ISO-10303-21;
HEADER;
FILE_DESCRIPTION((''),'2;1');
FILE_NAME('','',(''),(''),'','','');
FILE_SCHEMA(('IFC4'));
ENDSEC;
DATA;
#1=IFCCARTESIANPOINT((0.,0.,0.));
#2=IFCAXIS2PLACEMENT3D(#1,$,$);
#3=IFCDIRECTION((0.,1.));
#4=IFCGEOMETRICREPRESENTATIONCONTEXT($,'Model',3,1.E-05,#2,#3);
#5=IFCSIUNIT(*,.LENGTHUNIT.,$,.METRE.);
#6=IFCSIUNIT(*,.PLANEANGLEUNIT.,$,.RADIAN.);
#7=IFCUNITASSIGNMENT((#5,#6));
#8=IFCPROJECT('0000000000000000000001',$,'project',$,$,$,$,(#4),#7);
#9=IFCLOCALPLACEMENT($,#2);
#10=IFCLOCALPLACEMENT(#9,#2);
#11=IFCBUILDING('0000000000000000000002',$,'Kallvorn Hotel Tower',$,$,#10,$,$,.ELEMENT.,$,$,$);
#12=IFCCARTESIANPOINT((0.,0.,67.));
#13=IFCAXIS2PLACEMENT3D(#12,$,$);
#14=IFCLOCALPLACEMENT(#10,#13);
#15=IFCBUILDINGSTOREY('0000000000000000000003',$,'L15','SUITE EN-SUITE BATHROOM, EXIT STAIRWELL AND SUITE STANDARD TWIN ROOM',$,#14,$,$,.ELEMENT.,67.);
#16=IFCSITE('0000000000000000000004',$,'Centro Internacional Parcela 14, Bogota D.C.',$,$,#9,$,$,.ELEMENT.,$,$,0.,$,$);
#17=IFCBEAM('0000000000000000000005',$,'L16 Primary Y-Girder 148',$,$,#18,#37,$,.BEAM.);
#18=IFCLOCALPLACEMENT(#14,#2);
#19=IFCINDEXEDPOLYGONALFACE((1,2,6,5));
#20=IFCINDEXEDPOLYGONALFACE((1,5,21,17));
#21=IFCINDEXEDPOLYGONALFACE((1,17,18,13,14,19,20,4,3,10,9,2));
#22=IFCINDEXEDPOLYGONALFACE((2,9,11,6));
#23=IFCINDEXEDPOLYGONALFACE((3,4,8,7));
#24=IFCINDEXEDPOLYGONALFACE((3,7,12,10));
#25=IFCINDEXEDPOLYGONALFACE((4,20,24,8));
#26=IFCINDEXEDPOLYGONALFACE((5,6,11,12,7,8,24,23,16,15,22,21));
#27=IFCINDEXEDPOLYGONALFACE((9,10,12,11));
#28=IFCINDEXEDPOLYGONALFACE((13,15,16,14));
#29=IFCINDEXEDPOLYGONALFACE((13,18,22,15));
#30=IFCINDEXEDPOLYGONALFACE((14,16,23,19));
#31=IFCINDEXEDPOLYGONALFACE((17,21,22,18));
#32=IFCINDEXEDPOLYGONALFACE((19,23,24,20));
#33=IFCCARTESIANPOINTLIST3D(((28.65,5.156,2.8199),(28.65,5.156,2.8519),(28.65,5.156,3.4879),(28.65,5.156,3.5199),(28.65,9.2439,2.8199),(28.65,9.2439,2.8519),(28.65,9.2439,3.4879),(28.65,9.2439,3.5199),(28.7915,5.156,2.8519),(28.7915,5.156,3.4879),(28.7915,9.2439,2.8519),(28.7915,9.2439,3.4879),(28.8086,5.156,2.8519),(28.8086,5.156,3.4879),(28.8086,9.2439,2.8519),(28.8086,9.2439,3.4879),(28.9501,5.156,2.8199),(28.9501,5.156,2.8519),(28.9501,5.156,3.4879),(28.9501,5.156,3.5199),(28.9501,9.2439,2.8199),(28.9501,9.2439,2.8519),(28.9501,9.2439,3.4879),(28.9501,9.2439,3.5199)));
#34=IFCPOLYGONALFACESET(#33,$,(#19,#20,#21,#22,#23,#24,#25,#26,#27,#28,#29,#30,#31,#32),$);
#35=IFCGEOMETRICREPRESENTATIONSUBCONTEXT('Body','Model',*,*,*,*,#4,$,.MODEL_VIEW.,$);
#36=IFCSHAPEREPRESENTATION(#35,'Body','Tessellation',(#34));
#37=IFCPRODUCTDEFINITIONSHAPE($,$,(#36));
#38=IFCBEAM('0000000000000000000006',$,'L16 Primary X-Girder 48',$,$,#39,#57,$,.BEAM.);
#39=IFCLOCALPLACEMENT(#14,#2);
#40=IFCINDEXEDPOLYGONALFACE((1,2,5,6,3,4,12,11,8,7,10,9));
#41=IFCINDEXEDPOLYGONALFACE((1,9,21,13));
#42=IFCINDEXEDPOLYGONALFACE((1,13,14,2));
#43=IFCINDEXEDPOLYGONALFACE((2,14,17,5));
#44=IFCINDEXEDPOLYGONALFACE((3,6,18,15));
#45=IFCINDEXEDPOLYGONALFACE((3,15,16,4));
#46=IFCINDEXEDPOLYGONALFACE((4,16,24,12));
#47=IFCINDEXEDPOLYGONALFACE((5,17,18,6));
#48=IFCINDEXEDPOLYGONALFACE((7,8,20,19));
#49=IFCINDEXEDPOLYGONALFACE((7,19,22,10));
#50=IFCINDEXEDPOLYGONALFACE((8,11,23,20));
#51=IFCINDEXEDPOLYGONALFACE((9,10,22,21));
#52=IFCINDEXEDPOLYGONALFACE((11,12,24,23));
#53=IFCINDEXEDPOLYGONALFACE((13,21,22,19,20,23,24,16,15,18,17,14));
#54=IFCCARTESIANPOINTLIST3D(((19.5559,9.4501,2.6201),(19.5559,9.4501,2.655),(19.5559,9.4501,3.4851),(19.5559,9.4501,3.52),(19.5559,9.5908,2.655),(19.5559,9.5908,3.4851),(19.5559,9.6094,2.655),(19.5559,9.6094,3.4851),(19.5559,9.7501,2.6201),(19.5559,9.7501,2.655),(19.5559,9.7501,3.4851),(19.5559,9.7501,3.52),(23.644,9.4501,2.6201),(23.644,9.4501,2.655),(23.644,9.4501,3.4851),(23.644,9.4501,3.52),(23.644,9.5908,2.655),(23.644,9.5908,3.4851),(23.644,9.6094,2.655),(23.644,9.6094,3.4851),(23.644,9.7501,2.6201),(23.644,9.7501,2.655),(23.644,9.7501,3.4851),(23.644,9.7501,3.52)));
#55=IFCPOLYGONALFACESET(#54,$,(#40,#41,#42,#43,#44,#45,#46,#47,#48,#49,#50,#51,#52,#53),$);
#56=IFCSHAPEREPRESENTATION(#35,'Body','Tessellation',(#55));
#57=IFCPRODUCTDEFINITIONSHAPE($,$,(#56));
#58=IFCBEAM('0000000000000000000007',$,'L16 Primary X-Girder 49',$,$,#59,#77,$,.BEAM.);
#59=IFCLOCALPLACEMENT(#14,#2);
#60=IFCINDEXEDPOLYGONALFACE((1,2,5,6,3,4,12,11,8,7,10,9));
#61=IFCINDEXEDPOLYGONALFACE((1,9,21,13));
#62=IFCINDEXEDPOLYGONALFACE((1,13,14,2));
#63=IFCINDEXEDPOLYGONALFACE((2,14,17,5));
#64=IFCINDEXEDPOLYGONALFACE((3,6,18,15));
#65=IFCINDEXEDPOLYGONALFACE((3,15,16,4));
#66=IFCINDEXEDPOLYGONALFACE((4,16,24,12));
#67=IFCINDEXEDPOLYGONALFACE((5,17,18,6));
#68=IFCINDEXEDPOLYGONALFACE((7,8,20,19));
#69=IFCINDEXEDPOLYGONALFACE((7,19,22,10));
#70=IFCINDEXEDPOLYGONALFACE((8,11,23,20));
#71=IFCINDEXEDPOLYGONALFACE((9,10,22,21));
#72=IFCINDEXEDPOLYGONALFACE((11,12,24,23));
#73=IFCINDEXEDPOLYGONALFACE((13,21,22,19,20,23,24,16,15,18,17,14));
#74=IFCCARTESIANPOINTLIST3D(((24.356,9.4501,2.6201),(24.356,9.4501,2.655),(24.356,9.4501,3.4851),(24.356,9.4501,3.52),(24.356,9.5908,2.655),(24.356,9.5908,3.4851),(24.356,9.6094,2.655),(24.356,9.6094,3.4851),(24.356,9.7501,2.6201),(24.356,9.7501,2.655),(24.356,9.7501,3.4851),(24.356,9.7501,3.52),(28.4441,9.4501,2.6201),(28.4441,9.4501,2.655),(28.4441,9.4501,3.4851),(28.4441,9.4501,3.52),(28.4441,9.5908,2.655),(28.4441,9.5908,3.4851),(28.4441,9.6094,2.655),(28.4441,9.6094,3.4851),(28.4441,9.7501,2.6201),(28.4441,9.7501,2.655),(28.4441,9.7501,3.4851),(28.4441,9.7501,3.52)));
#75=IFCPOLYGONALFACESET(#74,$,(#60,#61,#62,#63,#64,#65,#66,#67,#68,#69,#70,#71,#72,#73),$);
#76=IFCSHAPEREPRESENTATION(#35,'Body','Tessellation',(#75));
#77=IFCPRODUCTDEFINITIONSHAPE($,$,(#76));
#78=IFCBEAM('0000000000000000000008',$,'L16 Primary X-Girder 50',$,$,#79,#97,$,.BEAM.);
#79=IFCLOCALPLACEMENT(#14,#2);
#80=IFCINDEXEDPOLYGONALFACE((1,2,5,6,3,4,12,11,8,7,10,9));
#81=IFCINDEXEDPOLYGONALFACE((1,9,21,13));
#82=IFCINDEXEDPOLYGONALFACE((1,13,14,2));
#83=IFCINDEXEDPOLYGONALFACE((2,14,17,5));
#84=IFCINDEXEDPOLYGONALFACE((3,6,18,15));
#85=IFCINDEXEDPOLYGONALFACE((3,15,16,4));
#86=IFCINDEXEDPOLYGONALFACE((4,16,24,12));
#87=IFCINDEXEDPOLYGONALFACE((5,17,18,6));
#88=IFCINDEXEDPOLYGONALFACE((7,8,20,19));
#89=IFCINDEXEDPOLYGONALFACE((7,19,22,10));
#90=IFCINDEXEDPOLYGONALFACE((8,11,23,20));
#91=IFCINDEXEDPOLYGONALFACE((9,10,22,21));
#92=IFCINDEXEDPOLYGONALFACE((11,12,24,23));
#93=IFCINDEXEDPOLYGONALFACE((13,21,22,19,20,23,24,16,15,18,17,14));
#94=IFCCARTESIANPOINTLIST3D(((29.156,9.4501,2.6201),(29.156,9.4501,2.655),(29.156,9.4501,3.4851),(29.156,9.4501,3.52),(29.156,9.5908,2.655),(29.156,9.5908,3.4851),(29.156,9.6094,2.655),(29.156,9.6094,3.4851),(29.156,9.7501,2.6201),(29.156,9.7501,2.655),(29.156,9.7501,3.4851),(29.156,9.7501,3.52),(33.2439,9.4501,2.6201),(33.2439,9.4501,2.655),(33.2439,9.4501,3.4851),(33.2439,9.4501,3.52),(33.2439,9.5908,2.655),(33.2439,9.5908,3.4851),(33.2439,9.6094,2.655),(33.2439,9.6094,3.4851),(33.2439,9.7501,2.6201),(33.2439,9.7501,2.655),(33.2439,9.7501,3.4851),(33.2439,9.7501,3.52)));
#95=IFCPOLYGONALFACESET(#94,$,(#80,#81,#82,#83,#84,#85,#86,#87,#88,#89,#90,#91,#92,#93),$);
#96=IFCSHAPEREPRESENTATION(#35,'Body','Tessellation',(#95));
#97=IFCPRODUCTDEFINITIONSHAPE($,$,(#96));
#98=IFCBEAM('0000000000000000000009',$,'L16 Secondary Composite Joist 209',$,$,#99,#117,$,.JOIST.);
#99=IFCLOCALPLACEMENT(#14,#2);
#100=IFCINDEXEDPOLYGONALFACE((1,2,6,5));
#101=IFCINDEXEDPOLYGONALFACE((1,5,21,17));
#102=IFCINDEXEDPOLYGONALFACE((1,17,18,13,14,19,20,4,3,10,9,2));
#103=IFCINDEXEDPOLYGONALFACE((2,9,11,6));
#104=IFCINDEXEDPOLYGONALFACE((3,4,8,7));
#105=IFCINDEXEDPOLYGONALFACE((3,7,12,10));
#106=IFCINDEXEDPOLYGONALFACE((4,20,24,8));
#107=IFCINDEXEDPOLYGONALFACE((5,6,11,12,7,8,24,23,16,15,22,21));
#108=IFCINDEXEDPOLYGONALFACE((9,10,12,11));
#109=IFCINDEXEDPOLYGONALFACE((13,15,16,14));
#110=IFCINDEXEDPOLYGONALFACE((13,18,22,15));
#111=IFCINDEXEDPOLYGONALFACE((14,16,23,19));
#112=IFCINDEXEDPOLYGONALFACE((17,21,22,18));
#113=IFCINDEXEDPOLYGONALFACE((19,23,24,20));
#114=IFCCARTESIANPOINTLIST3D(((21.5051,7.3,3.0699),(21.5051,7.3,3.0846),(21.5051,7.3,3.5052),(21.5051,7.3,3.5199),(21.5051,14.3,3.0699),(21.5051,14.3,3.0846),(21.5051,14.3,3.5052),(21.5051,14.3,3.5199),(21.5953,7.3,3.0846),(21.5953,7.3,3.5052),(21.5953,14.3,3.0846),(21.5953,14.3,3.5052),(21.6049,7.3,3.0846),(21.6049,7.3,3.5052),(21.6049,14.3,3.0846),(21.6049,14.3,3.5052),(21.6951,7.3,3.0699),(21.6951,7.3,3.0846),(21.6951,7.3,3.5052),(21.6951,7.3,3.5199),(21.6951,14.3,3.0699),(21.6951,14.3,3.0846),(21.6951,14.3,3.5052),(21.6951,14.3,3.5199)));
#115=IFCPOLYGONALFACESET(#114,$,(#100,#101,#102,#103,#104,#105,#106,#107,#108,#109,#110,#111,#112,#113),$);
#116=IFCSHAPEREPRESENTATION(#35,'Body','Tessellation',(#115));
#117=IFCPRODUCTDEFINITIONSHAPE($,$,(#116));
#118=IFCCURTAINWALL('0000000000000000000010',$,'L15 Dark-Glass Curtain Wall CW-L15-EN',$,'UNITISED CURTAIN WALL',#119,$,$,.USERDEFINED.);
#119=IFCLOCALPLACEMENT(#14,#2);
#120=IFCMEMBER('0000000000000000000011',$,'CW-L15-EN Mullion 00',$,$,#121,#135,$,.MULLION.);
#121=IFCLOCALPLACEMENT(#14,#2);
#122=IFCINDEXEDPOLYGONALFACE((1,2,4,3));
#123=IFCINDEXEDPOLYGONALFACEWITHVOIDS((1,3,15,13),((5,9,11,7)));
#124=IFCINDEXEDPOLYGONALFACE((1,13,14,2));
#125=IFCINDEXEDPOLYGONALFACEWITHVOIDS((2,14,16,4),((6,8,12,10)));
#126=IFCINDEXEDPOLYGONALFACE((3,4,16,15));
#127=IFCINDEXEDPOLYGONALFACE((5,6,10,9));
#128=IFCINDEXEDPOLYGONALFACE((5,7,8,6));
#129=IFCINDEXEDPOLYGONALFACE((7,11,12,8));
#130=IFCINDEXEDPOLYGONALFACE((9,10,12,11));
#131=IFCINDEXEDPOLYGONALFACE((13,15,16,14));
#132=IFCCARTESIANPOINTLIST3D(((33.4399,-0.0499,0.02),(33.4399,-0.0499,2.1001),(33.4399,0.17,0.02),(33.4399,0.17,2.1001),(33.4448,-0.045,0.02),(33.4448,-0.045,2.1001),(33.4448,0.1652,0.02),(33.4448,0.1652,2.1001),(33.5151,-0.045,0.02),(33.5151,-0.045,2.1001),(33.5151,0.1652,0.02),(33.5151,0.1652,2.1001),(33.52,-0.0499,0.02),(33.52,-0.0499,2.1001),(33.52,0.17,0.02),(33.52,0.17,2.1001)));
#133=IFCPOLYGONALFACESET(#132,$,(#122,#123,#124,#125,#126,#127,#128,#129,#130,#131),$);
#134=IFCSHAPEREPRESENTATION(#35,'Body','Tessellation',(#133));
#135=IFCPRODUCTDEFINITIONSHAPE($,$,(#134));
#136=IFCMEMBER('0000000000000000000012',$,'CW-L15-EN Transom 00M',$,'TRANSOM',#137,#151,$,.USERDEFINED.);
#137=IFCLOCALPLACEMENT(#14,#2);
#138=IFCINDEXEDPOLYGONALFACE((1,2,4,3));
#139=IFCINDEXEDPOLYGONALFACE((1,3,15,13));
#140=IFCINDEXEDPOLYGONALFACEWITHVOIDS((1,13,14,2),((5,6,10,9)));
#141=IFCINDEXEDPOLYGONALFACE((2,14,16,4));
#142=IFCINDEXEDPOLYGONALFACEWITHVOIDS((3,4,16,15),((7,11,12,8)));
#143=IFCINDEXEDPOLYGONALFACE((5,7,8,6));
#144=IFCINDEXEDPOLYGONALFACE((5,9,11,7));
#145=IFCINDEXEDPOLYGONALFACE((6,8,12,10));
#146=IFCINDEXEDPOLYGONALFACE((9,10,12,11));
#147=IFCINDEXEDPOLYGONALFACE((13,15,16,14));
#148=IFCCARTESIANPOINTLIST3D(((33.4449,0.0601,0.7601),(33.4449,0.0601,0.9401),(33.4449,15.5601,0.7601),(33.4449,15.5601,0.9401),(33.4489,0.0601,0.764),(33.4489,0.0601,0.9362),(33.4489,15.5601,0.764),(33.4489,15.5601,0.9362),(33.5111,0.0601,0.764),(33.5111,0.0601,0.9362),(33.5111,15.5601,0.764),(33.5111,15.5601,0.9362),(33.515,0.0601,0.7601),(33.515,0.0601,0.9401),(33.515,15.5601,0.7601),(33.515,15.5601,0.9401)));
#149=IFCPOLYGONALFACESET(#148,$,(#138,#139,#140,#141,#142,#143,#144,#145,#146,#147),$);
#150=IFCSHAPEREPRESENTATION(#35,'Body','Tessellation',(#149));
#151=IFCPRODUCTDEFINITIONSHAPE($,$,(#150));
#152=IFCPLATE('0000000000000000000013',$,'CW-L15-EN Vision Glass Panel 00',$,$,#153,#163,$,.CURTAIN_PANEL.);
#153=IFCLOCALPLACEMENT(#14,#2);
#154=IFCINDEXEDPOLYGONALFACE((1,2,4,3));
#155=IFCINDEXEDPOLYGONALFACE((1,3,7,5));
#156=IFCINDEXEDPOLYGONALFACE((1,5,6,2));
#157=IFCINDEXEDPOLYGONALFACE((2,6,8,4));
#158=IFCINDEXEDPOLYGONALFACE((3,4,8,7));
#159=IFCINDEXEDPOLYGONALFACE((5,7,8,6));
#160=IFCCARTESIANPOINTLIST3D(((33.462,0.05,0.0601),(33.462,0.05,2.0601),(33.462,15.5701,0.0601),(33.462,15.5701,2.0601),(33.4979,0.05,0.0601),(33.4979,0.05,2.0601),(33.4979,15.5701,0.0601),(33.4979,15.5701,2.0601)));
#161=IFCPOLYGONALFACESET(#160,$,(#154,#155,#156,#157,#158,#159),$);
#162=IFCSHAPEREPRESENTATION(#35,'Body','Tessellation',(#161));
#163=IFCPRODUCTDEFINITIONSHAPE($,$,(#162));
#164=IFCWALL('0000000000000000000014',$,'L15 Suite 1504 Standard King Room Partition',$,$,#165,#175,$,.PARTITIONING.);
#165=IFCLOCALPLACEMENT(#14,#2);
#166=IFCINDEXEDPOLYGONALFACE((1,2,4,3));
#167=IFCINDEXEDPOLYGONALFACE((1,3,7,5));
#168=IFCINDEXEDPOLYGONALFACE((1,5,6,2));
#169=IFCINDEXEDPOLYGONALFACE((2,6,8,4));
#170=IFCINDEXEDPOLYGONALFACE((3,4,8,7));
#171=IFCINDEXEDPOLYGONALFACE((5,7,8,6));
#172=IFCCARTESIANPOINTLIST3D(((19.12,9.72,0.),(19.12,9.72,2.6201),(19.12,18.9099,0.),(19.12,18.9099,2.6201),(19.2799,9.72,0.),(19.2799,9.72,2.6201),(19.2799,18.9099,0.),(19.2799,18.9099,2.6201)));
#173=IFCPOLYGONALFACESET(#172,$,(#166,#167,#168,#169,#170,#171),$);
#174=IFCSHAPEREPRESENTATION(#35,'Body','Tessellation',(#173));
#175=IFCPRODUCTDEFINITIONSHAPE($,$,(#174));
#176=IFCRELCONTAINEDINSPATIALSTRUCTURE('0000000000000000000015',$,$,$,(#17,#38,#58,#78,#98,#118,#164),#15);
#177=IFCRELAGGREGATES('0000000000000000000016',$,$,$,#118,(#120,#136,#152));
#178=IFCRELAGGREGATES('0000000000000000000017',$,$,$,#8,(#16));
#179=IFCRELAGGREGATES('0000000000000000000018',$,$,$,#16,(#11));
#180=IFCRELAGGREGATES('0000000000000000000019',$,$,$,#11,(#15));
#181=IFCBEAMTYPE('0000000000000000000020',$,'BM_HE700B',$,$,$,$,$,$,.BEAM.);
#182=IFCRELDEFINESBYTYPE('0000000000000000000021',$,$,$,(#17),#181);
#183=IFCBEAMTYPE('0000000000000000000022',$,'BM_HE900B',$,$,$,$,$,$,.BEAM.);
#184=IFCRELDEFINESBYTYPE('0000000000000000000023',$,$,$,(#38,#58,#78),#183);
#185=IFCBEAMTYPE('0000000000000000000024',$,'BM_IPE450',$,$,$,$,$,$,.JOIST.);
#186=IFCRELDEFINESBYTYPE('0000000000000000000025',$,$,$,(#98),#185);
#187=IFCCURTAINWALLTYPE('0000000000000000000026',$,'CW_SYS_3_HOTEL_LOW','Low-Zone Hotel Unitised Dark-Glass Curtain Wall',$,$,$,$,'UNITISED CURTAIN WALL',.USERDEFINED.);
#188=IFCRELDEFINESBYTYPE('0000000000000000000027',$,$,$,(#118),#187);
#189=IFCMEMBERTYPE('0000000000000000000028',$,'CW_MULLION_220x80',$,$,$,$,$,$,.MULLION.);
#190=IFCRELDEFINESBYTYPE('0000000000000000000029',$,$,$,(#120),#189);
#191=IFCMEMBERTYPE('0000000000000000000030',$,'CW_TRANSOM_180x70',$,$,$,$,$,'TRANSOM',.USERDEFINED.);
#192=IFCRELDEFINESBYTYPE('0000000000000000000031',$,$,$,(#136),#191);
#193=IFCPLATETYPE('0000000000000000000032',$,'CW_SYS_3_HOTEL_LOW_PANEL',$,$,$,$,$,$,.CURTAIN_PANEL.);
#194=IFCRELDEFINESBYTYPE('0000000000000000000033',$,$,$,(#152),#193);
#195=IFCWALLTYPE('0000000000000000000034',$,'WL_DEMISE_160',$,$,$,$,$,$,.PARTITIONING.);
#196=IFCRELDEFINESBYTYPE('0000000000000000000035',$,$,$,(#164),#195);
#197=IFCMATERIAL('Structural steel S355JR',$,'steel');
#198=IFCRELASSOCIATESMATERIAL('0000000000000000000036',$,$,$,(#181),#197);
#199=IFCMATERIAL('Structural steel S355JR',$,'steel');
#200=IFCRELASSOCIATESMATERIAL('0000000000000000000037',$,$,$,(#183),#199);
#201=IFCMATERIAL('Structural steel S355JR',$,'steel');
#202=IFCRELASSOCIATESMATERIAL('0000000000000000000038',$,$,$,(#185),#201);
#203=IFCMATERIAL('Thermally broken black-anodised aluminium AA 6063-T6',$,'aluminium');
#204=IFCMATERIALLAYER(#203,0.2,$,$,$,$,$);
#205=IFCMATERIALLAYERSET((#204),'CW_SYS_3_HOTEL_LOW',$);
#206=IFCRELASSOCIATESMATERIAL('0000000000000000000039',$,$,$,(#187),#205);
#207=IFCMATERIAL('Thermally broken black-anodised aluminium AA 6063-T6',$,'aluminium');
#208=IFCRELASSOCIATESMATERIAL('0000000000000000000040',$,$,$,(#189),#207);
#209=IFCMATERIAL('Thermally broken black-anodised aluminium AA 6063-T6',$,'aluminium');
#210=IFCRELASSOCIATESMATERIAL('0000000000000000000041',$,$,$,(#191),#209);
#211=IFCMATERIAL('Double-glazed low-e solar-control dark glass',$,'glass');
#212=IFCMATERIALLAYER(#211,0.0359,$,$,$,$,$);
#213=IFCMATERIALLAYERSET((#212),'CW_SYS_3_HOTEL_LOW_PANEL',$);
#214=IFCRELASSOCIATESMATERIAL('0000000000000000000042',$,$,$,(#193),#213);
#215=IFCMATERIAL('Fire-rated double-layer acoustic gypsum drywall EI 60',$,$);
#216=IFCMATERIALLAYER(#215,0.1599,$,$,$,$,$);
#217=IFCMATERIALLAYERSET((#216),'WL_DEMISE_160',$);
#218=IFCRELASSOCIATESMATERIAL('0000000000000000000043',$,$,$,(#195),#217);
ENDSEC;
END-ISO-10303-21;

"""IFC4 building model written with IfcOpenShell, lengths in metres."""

from ifc_helpers import new_model, si_unit, direction, frame, frame_2d, origin, origin_2d, place, context, subcontext, project, spatial, rectangle, hollow_rectangle, i_section, extrude, material, layer, layer_set, material_profile, profile_set, type_object, element, aggregate, save


model = new_model("IFC4")

# Units and contexts
model_context = context("Model", 3, precision=1e-05, world=origin(), true_north=direction((0.0, 1.0)))
body_context = subcontext(model_context, "Body", "Model", "MODEL_VIEW")
ifc_project = project(units=[si_unit("LENGTHUNIT", "METRE"), si_unit("PLANEANGLEUNIT", "RADIAN")], contexts=[model_context])

# Site, building, storey
site_placement = place(None, origin())
site = spatial("IfcSite", under=ifc_project, at=site_placement, Name="Centro Internacional Parcela 14, Bogota D.C.", CompositionType="ELEMENT", RefElevation=0.0)
building_placement = place(site_placement, origin())
building = spatial("IfcBuilding", under=site, at=building_placement, Name="Kallvorn Hotel Tower", CompositionType="ELEMENT")
storey_placement = place(building_placement, frame((0.0, 0.0, 67.0)))
storey = spatial("IfcBuildingStorey", under=building, at=storey_placement, Name="L15", Description="SUITE EN-SUITE BATHROOM, EXIT STAIRWELL AND SUITE STANDARD TWIN ROOM", CompositionType="ELEMENT", Elevation=67.0)

# Beams
ifc_material_1 = material(Name="Structural steel S355JR", Category="steel")
ifc_material_profile_1 = material_profile(ifc_material_1, i_section(OverallWidth=0.3, OverallDepth=0.7, WebThickness=0.0171, FlangeThickness=0.032, at=origin_2d()), Name="HE 700 B")
ifc_profile_set_1 = profile_set([ifc_material_profile_1], Name="Structural steel S355JR")
beam_type_1 = type_object("IfcBeamType", Name="BM_HE700B", PredefinedType="BEAM", material=ifc_profile_set_1)
beam_1_placement = place(storey_placement, frame((28.8, 5.156, 3.1699), z_axis=(0.0, 1.0, 0.0), x_axis=(-1.0, 0.0, 0.0)))
element("IfcBeam", 1, at=beam_1_placement, inside=storey, type_object=beam_type_1, Name="L16 Primary Y-Girder 148", PredefinedType="BEAM", context=body_context, shape_type="SweptSolid", body=[
    extrude(i_section(OverallWidth=0.3, OverallDepth=0.7, WebThickness=0.0171, FlangeThickness=0.032, at=origin_2d()), origin(), (0.0, 0.0, 1.0), 4.0879),
])
ifc_material_2 = material(Name="Structural steel S355JR", Category="steel")
ifc_material_profile_2 = material_profile(ifc_material_2, i_section(OverallWidth=0.3, OverallDepth=0.8999, WebThickness=0.0186, FlangeThickness=0.0349, at=origin_2d()), Name="HE 900 B")
ifc_profile_set_2 = profile_set([ifc_material_profile_2], Name="Structural steel S355JR")
beam_type_2 = type_object("IfcBeamType", Name="BM_HE900B", PredefinedType="BEAM", material=ifc_profile_set_2)
for number, where, z_axis, x_axis, name in (
    (2, (19.5559, 9.6001, 3.0701), (1.0, 0.0, 0.0), (0.0, 1.0, 0.0), "L16 Primary X-Girder 48"),
    (3, (24.356, 9.6001, 3.0701), (1.0, 0.0, 0.0), (0.0, 1.0, 0.0), "L16 Primary X-Girder 49"),
):
    element("IfcBeam", number, at=place(storey_placement, frame(where, z_axis=z_axis, x_axis=x_axis)), inside=storey, type_object=beam_type_2, Name=name, PredefinedType="BEAM", context=body_context, shape_type="SweptSolid", body=[
        extrude(i_section(OverallWidth=0.3, OverallDepth=0.8999, WebThickness=0.0186, FlangeThickness=0.0349, at=origin_2d()), origin(), (0.0, 0.0, 1.0), 4.0881),
    ])
beam_2_placement = place(storey_placement, frame((29.156, 9.6001, 3.0701), z_axis=(1.0, 0.0, 0.0), x_axis=(0.0, 1.0, 0.0)))
element("IfcBeam", 4, at=beam_2_placement, inside=storey, type_object=beam_type_2, Name="L16 Primary X-Girder 50", PredefinedType="BEAM", context=body_context, shape_type="SweptSolid", body=[
    extrude(i_section(OverallWidth=0.3, OverallDepth=0.8999, WebThickness=0.0186, FlangeThickness=0.0349, at=origin_2d()), origin(), (0.0, 0.0, 1.0), 4.0879),
])
ifc_material_3 = material(Name="Structural steel S355JR", Category="steel")
ifc_material_profile_3 = material_profile(ifc_material_3, i_section(OverallWidth=0.1899, OverallDepth=0.45, WebThickness=0.0095, FlangeThickness=0.0146, at=origin_2d()), Name="IPE 450")
ifc_profile_set_3 = profile_set([ifc_material_profile_3], Name="Structural steel S355JR")
beam_type_3 = type_object("IfcBeamType", Name="BM_IPE450", PredefinedType="JOIST", material=ifc_profile_set_3)
beam_3_placement = place(storey_placement, frame((21.6001, 7.3, 3.2949), z_axis=(0.0, 1.0, 0.0), x_axis=(-1.0, 0.0, 0.0)))
element("IfcBeam", 5, at=beam_3_placement, inside=storey, type_object=beam_type_3, Name="L16 Secondary Composite Joist 209", PredefinedType="JOIST", context=body_context, shape_type="SweptSolid", body=[
    extrude(i_section(OverallWidth=0.1899, OverallDepth=0.45, WebThickness=0.0095, FlangeThickness=0.0146, at=origin_2d()), origin(), (0.0, 0.0, 1.0), 7.0),
])

# Curtain wall, members, plate
ifc_material_4 = material(Name="Thermally broken black-anodised aluminium AA 6063-T6", Category="aluminium")
ifc_layer_1 = layer(ifc_material_4, 0.2)
ifc_layer_set_1 = layer_set([ifc_layer_1], Name="CW_SYS_3_HOTEL_LOW")
curtain_wall_type = type_object("IfcCurtainWallType", Name="CW_SYS_3_HOTEL_LOW", Description="Low-Zone Hotel Unitised Dark-Glass Curtain Wall", ElementType="UNITISED CURTAIN WALL", PredefinedType="USERDEFINED", material=ifc_layer_set_1)
curtain_wall_placement = place(storey_placement, origin())
curtain_wall = element("IfcCurtainWall", 6, at=curtain_wall_placement, inside=storey, type_object=curtain_wall_type, Name="L15 Dark-Glass Curtain Wall CW-L15-EN", ObjectType="UNITISED CURTAIN WALL", PredefinedType="USERDEFINED")
ifc_material_5 = material(Name="Thermally broken black-anodised aluminium AA 6063-T6", Category="aluminium")
ifc_material_profile_4 = material_profile(ifc_material_5, hollow_rectangle(XDim=0.0801, YDim=0.22, WallThickness=0.0049, at=origin_2d()), Name="MUL 220x80")
ifc_profile_set_4 = profile_set([ifc_material_profile_4], Name="Thermally broken black-anodised aluminium AA 6063-T6")
member_type_1 = type_object("IfcMemberType", Name="CW_MULLION_220x80", PredefinedType="MULLION", material=ifc_profile_set_4)
member_1_placement = place(storey_placement, frame((33.48, 0.0601, 0.02), z_axis=(0.0, 0.0, 1.0), x_axis=(1.0, 0.0, 0.0)))
member_1 = element("IfcMember", 7, at=member_1_placement, type_object=member_type_1, Name="CW-L15-EN Mullion 00", PredefinedType="MULLION", context=body_context, shape_type="SweptSolid", body=[
    extrude(hollow_rectangle(XDim=0.0801, YDim=0.22, WallThickness=0.0049, at=origin_2d()), origin(), (0.0, 0.0, 1.0), 2.0801),
])
ifc_material_6 = material(Name="Thermally broken black-anodised aluminium AA 6063-T6", Category="aluminium")
ifc_material_profile_5 = material_profile(ifc_material_6, hollow_rectangle(XDim=0.0701, YDim=0.1799, WallThickness=0.0039, at=origin_2d()), Name="TRN 180x70")
ifc_profile_set_5 = profile_set([ifc_material_profile_5], Name="Thermally broken black-anodised aluminium AA 6063-T6")
member_type_2 = type_object("IfcMemberType", Name="CW_TRANSOM_180x70", ElementType="TRANSOM", PredefinedType="USERDEFINED", material=ifc_profile_set_5)
member_2_placement = place(storey_placement, frame((33.48, 0.0601, 0.8501), z_axis=(0.0, 1.0, 0.0), x_axis=(-1.0, 0.0, 0.0)))
member_2 = element("IfcMember", 8, at=member_2_placement, type_object=member_type_2, Name="CW-L15-EN Transom 00M", ObjectType="TRANSOM", PredefinedType="USERDEFINED", context=body_context, shape_type="SweptSolid", body=[
    extrude(hollow_rectangle(XDim=0.0701, YDim=0.1799, WallThickness=0.0039, at=origin_2d()), origin(), (0.0, 0.0, 1.0), 15.5),
])
ifc_material_7 = material(Name="Double-glazed low-e solar-control dark glass", Category="glass")
ifc_layer_2 = layer(ifc_material_7, 0.0359)
ifc_layer_set_2 = layer_set([ifc_layer_2], Name="CW_SYS_3_HOTEL_LOW_PANEL")
plate_type = type_object("IfcPlateType", Name="CW_SYS_3_HOTEL_LOW_PANEL", PredefinedType="CURTAIN_PANEL", material=ifc_layer_set_2)
plate_placement = place(storey_placement, frame((33.48, 7.8101, 0.0601), z_axis=(0.0, 0.0, 1.0), x_axis=(0.0, 1.0, 0.0)))
plate = element("IfcPlate", 9, at=plate_placement, type_object=plate_type, Name="CW-L15-EN Vision Glass Panel 00", PredefinedType="CURTAIN_PANEL", context=body_context, shape_type="SweptSolid", body=[
    extrude(rectangle(XDim=15.52, YDim=0.0359, at=origin_2d()), origin(), (0.0, 0.0, 1.0), 2.0),
])
aggregate(curtain_wall, [member_1, member_2, plate])

# Wall
ifc_material_8 = material(Name="Fire-rated double-layer acoustic gypsum drywall EI 60")
ifc_layer_3 = layer(ifc_material_8, 0.1599)
ifc_layer_set_3 = layer_set([ifc_layer_3], Name="WL_DEMISE_160")
wall_type_1 = type_object("IfcWallType", Name="WL_DEMISE_160", PredefinedType="PARTITIONING", material=ifc_layer_set_3)
wall_1_placement = place(storey_placement, frame((19.2, 9.72, 0.0), z_axis=(0.0, 0.0, 1.0), x_axis=(0.0, 1.0, 0.0)))
element("IfcWall", 10, at=wall_1_placement, inside=storey, type_object=wall_type_1, Name="L15 Suite 1504 Standard King Room Partition", PredefinedType="PARTITIONING", context=body_context, shape_type="SweptSolid", body=[
    extrude(rectangle(XDim=9.1899, YDim=0.1599, at=frame_2d((4.595, 0.0))), origin(), (0.0, 0.0, 1.0), 2.6201),
])

save(model, "model.ifc")
